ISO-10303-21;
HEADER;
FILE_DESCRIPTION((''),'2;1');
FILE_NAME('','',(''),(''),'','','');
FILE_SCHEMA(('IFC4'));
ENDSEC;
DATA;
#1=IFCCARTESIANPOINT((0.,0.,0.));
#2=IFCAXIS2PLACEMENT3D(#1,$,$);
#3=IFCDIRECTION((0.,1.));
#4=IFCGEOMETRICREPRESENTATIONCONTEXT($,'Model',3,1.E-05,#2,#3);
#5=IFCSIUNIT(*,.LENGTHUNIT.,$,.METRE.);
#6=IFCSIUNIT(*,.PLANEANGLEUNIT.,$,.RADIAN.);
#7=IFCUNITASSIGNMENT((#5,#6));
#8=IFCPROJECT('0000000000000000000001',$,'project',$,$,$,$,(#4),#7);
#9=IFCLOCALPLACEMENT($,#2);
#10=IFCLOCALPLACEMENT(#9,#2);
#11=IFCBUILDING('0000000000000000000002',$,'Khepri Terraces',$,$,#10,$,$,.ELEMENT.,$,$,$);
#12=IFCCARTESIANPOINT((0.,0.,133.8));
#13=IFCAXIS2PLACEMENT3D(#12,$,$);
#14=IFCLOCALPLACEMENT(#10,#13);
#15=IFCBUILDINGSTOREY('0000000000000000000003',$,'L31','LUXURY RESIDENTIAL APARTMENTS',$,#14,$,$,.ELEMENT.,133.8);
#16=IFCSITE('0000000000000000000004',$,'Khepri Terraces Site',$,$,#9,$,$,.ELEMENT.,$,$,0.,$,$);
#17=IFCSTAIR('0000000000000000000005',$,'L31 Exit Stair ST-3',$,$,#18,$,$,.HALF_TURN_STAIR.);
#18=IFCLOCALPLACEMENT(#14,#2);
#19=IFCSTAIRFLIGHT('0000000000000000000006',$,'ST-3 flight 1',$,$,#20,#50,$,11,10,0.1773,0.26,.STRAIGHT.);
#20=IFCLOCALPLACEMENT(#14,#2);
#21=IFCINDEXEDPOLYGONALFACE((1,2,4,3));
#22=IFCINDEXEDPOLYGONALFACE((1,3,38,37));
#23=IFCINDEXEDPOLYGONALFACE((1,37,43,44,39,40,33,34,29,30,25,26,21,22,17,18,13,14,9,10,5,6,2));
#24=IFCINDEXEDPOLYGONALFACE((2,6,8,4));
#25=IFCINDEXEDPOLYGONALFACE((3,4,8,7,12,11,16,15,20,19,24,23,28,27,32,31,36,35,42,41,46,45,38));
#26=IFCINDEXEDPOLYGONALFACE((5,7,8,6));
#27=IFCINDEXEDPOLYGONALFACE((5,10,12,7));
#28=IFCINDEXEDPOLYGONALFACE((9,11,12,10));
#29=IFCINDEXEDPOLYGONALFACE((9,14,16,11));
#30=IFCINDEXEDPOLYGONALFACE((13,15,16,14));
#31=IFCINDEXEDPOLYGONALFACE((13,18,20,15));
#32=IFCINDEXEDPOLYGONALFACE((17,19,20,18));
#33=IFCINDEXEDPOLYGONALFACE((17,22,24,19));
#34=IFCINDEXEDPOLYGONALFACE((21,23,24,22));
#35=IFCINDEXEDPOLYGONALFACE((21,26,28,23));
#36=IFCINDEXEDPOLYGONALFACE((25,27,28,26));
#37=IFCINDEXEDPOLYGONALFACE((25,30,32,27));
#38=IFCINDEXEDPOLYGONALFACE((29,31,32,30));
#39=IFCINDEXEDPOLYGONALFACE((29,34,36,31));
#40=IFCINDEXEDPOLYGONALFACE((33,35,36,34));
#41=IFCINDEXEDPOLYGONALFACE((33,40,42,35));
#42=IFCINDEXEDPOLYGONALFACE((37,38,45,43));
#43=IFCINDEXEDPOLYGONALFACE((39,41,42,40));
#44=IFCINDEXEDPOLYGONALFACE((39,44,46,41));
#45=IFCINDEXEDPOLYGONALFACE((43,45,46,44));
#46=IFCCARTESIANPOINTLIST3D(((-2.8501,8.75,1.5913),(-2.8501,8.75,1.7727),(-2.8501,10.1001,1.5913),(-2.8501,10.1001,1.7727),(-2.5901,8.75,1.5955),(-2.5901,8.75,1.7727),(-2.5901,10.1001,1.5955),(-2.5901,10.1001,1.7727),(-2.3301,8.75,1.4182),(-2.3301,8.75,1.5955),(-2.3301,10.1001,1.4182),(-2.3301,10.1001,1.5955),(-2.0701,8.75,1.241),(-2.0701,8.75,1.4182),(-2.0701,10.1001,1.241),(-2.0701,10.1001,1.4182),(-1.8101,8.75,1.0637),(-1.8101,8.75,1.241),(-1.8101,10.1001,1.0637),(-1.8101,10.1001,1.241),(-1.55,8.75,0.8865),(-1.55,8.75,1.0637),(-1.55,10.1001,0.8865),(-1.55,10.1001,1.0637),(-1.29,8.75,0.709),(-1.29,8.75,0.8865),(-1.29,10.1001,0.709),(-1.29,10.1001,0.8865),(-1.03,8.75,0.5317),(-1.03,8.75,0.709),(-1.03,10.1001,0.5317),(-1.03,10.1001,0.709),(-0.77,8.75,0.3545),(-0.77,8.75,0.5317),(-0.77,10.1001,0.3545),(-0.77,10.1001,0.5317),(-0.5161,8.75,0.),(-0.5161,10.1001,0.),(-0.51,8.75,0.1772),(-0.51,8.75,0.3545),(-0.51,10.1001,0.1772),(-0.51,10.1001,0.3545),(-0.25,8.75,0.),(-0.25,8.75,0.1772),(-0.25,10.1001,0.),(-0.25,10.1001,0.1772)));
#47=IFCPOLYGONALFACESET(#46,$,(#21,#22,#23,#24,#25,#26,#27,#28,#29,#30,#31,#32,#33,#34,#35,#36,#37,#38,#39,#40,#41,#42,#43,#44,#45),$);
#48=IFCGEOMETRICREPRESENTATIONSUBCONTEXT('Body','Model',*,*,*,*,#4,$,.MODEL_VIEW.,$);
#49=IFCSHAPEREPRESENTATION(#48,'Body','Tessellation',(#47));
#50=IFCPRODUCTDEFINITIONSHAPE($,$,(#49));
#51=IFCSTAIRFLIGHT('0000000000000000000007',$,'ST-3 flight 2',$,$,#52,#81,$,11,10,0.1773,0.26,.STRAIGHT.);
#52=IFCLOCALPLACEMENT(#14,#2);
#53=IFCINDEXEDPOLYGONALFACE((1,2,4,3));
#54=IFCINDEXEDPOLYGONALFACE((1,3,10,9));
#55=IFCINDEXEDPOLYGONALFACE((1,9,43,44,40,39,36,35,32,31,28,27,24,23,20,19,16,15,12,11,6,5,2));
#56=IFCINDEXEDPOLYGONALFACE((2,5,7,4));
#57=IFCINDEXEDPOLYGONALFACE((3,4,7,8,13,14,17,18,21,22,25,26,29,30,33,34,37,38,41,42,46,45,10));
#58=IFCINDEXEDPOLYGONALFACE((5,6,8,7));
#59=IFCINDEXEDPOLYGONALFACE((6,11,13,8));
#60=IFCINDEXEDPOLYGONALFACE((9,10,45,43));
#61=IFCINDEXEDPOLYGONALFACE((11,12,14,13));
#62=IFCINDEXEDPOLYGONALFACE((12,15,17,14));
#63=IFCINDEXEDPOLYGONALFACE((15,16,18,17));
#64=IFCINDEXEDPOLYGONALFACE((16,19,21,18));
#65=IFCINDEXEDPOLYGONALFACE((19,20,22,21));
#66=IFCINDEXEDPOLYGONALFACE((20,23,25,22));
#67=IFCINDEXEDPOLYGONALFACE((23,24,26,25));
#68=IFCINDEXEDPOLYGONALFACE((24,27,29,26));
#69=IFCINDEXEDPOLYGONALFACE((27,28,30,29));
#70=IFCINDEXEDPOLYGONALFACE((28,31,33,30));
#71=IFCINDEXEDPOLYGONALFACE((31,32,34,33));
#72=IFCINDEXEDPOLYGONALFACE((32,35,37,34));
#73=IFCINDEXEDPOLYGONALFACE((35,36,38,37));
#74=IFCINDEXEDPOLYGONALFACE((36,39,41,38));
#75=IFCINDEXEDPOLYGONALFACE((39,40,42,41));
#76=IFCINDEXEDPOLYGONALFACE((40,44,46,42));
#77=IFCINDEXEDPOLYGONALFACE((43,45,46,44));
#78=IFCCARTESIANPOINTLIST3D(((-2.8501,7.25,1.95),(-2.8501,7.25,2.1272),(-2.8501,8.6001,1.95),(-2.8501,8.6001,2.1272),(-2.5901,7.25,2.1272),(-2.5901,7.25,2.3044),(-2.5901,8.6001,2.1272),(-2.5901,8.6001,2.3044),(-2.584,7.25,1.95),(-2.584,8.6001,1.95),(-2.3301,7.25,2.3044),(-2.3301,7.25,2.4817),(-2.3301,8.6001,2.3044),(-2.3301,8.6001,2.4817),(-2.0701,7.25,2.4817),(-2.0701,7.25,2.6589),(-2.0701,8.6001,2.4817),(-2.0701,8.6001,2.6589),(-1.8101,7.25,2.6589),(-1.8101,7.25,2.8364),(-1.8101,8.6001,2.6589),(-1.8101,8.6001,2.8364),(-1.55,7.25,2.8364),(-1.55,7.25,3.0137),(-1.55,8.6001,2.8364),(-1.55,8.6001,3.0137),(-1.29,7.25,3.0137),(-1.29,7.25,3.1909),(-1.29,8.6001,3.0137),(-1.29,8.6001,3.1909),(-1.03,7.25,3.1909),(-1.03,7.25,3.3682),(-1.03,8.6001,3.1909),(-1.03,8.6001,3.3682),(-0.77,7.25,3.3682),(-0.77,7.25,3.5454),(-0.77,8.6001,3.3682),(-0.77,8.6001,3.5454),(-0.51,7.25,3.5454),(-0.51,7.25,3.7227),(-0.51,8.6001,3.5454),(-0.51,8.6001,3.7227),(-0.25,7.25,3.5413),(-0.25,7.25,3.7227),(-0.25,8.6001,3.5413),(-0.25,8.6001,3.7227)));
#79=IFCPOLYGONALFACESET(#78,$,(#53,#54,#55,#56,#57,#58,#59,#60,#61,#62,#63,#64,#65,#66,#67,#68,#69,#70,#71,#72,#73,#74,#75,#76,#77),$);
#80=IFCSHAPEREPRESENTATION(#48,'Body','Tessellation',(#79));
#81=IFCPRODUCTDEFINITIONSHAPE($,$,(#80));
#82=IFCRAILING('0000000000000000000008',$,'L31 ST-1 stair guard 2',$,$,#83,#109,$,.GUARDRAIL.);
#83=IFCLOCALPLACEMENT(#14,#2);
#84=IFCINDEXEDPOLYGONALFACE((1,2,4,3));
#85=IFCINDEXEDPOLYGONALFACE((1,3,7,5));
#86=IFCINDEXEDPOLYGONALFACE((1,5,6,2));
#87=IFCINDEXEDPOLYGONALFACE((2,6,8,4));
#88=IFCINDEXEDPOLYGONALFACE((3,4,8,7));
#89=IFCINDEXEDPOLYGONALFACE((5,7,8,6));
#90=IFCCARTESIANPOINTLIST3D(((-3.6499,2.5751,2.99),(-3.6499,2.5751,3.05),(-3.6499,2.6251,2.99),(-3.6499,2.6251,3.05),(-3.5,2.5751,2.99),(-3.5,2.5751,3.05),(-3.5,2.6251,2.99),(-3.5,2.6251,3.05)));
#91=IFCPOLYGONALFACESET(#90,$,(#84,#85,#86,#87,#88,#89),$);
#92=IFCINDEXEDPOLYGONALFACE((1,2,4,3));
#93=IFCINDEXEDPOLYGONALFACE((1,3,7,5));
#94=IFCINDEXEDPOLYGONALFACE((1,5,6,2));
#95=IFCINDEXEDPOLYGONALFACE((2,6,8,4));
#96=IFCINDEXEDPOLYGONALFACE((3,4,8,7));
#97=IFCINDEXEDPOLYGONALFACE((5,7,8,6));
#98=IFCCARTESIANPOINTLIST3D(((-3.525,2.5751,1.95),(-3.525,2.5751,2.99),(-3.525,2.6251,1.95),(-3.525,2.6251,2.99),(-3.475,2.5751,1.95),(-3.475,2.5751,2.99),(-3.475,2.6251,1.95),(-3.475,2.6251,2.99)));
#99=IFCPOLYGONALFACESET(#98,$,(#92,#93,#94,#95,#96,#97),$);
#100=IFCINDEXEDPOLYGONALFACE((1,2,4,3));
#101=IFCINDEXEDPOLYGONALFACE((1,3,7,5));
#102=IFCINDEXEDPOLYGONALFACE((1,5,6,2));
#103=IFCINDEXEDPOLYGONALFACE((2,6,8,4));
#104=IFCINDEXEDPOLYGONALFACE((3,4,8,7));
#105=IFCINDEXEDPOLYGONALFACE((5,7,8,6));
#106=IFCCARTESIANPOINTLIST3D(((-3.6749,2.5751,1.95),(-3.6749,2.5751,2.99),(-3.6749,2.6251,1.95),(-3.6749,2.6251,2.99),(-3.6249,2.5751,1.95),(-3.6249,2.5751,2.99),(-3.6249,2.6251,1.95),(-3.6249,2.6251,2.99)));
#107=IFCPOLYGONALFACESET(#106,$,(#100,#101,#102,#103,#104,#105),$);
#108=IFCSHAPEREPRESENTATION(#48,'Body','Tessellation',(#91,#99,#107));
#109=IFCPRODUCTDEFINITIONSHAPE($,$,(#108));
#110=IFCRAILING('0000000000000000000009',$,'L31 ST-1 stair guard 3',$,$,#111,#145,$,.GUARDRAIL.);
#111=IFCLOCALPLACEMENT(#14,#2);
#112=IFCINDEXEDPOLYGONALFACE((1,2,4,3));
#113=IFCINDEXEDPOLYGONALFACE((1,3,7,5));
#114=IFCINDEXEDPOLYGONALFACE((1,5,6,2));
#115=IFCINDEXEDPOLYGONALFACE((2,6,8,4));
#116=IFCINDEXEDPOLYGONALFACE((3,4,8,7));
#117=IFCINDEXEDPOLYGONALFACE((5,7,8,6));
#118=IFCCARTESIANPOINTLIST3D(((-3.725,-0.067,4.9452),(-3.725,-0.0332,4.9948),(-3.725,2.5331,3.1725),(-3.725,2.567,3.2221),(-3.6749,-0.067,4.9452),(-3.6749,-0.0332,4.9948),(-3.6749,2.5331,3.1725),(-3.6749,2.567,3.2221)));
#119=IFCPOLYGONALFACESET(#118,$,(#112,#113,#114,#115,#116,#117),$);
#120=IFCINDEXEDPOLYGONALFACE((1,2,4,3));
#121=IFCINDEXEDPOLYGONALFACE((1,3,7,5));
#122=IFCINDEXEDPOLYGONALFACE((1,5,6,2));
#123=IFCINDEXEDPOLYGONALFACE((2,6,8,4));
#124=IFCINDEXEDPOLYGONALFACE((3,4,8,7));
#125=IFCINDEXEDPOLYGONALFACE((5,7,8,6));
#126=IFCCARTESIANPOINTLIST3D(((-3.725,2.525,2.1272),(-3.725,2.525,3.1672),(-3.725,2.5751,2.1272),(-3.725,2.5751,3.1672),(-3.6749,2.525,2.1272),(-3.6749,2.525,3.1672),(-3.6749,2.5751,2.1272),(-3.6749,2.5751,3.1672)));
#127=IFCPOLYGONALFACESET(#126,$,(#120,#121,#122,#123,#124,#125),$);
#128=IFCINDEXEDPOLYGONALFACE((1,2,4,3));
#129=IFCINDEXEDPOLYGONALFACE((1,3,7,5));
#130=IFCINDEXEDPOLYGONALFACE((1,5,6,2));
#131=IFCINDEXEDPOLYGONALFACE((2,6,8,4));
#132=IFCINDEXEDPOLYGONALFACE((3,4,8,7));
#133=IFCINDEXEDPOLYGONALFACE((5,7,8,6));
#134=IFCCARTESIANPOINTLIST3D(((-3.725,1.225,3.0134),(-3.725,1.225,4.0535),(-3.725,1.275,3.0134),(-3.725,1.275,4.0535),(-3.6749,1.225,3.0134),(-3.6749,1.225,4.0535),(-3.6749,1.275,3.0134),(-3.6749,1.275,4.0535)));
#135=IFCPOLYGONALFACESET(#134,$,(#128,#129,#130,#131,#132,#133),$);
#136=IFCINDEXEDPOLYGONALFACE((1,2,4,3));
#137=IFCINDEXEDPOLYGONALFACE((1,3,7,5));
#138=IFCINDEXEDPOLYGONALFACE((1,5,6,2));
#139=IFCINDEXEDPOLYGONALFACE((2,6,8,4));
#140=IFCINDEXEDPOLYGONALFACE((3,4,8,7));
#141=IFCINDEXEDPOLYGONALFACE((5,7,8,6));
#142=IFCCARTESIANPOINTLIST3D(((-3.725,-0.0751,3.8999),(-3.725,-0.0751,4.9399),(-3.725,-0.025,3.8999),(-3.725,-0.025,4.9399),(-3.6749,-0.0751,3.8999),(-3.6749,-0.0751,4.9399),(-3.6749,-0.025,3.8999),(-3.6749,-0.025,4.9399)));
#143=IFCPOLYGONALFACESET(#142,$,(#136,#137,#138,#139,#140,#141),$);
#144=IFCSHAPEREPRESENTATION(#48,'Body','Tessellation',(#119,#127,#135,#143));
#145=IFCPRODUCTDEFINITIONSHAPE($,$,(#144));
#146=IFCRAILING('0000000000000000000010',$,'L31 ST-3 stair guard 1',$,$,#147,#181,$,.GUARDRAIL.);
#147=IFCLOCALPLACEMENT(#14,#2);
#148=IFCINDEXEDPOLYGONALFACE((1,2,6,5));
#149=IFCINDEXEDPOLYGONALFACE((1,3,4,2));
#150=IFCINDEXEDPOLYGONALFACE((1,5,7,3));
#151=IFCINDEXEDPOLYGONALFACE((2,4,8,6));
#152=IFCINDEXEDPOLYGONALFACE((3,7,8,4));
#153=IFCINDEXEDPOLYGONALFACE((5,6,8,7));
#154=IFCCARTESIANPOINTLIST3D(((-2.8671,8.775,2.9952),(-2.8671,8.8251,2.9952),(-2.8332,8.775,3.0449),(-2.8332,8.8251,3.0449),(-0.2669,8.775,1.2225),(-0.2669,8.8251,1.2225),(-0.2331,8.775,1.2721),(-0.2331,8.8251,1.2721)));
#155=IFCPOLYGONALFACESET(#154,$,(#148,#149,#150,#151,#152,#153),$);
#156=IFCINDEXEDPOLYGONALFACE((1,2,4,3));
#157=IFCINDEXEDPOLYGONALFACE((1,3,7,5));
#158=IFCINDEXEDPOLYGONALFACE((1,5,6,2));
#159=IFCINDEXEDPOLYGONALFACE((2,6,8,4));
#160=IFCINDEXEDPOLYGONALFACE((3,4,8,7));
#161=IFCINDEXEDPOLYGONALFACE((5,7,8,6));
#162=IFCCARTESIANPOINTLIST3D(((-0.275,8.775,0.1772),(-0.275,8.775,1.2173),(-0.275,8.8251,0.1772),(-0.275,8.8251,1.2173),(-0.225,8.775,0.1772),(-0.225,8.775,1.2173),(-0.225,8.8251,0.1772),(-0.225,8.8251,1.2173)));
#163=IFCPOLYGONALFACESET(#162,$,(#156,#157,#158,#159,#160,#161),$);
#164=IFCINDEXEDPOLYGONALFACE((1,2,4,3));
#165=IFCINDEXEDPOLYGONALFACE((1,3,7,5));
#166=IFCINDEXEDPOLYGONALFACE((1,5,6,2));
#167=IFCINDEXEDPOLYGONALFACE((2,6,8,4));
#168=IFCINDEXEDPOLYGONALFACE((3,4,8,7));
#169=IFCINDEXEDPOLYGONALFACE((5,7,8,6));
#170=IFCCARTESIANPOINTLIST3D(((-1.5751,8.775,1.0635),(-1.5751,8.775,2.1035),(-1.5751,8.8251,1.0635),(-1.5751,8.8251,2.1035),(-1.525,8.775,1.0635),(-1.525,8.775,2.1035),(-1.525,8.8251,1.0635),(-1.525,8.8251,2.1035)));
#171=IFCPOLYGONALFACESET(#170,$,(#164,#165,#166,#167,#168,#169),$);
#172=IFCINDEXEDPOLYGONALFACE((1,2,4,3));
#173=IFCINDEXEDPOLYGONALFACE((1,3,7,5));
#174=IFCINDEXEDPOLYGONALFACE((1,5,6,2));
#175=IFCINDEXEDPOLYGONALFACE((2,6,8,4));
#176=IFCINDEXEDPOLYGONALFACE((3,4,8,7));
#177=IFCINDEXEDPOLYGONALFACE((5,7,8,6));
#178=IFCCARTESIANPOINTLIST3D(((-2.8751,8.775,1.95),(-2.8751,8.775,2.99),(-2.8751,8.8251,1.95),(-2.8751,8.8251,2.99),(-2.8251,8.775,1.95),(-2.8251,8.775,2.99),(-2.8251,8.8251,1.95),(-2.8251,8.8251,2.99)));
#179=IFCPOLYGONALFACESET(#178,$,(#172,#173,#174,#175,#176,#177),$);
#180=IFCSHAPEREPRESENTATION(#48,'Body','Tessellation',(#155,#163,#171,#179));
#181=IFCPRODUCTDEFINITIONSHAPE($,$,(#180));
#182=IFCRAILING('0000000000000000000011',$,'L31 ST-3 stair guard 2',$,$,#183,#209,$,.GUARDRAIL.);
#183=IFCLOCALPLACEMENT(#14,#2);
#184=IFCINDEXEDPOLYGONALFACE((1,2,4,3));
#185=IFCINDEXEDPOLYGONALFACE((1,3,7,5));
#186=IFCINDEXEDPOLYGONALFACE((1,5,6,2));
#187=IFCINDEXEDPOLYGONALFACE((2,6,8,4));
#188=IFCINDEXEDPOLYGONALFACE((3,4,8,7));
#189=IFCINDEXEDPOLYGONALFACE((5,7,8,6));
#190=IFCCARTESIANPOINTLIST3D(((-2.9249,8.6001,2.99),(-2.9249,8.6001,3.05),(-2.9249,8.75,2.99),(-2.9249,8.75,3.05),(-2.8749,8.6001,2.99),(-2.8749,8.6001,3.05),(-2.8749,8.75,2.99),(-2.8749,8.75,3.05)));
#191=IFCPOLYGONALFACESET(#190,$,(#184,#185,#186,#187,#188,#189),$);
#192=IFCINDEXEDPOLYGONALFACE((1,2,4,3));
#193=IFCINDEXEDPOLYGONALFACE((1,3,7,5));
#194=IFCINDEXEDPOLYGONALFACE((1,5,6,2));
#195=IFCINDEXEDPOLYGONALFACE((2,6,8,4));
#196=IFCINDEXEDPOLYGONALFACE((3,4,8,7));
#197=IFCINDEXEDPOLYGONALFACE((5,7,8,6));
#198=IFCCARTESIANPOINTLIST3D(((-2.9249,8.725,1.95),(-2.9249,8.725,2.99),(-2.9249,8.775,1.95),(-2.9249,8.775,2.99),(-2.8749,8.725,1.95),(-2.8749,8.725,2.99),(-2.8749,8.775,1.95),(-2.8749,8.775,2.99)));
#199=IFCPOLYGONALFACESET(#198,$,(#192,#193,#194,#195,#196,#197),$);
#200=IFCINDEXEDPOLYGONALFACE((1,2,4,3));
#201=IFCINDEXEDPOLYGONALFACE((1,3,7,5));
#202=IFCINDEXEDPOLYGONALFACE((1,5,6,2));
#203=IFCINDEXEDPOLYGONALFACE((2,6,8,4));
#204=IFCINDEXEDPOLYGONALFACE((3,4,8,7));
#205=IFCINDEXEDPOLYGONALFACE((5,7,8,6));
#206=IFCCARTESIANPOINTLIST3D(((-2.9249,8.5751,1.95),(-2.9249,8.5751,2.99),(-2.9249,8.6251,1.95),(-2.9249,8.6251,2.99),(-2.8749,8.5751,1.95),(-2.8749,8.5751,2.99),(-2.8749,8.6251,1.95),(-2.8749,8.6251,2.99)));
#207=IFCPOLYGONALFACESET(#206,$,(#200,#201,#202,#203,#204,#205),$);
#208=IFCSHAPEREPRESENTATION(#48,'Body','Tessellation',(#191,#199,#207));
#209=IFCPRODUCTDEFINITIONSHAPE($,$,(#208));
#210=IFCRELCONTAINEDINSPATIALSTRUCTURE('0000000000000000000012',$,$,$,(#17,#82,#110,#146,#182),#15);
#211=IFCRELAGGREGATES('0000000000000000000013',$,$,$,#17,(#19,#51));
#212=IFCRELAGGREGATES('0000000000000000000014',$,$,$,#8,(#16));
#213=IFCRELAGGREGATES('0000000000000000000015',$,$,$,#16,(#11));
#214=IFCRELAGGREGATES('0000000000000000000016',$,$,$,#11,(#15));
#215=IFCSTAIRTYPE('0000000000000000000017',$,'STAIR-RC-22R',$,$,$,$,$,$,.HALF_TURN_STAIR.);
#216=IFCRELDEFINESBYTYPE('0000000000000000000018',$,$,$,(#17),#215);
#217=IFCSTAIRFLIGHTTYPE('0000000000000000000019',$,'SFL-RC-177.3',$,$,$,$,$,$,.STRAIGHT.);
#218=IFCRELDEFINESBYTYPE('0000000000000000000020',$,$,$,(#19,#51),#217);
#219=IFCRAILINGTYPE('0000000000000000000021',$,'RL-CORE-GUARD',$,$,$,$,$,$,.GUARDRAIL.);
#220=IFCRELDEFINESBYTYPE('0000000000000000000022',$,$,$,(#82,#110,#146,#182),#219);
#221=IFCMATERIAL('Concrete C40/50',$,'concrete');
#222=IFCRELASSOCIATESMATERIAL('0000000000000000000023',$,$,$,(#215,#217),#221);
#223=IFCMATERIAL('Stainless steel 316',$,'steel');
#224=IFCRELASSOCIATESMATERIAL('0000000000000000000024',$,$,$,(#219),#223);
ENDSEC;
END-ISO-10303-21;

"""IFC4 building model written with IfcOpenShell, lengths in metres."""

from ifc_helpers import new_model, si_unit, direction, frame, origin, origin_2d, place, context, subcontext, project, spatial, polyline, rectangle, outline, extrude, material, type_object, element, aggregate, save


model = new_model("IFC4")

# Units and contexts
model_context = context("Model", 3, precision=1e-05, world=origin(), true_north=direction((0.0, 1.0)))
body_context = subcontext(model_context, "Body", "Model", "MODEL_VIEW")
ifc_project = project(units=[si_unit("LENGTHUNIT", "METRE"), si_unit("PLANEANGLEUNIT", "RADIAN")], contexts=[model_context])

# Site, building, storey
site_placement = place(None, origin())
site = spatial("IfcSite", under=ifc_project, at=site_placement, Name="Khepri Terraces Site", CompositionType="ELEMENT", RefElevation=0.0)
building_placement = place(site_placement, origin())
building = spatial("IfcBuilding", under=site, at=building_placement, Name="Khepri Terraces", CompositionType="ELEMENT")
storey_placement = place(building_placement, frame((0.0, 0.0, 133.8)))
storey = spatial("IfcBuildingStorey", under=building, at=storey_placement, Name="L31", Description="LUXURY RESIDENTIAL APARTMENTS", CompositionType="ELEMENT", Elevation=133.8)

# Stair, stair flights
ifc_material_1 = material(Name="Concrete C40/50", Category="concrete")
stair_type = type_object("IfcStairType", Name="STAIR-RC-22R", PredefinedType="HALF_TURN_STAIR", material=ifc_material_1)
stair_flight_type = type_object("IfcStairFlightType", Name="SFL-RC-177.3", PredefinedType="STRAIGHT", material=ifc_material_1)
stair_1_placement = place(storey_placement, origin())
stair_1 = element("IfcStair", 1, at=stair_1_placement, inside=storey, type_object=stair_type, Name="L31 Exit Stair ST-3", PredefinedType="HALF_TURN_STAIR")
stair_flight_1_placement = place(storey_placement, frame((-0.25, 9.425, 0.0), z_axis=(0.0, 0.0, 1.0), x_axis=(-1.0, 0.0, 0.0)))
stair_flight_1 = element("IfcStairFlight", 2, at=stair_flight_1_placement, type_object=stair_flight_type, Name="ST-3 flight 1", NumberOfRisers=11, NumberOfTreads=10, PredefinedType="STRAIGHT", RiserHeight=0.1773, TreadLength=0.26, context=body_context, shape_type="SweptSolid", body=[
    extrude(outline(polyline([(0.0, 0.0), (0.0, 0.1772), (0.26, 0.1772), (0.26, 0.3545), (0.52, 0.3545), (0.52, 0.5317), (0.78, 0.5317), (0.78, 0.709), (1.04, 0.709), (1.04, 0.8865), (1.3, 0.8865), (1.3, 1.0637), (1.5601, 1.0637), (1.5601, 1.241), (1.8201, 1.241), (1.8201, 1.4182), (2.0801, 1.4182), (2.0801, 1.5955), (2.3401, 1.5955), (2.3401, 1.7727), (2.6001, 1.7727), (2.6001, 1.95), (2.6001, 1.5913), (0.2661, 0.0), (0.0, 0.0)])), frame((0.0, 0.675, 0.0), z_axis=(0.0, -1.0, 0.0), x_axis=(1.0, 0.0, 0.0)), (0.0, 0.0, 1.0), 1.3501),
])
stair_flight_2_placement = place(storey_placement, frame((-2.8501, 7.925, 1.95), z_axis=(0.0, 0.0, 1.0), x_axis=(1.0, 0.0, 0.0)))
stair_flight_2 = element("IfcStairFlight", 3, at=stair_flight_2_placement, type_object=stair_flight_type, Name="ST-3 flight 2", NumberOfRisers=11, NumberOfTreads=10, PredefinedType="STRAIGHT", RiserHeight=0.1773, TreadLength=0.26, context=body_context, shape_type="SweptSolid", body=[
    extrude(outline(polyline([(0.0, 0.0), (0.0, 0.1772), (0.26, 0.1772), (0.26, 0.3545), (0.52, 0.3545), (0.52, 0.5317), (0.78, 0.5317), (0.78, 0.709), (1.04, 0.709), (1.04, 0.8865), (1.3, 0.8865), (1.3, 1.0637), (1.5601, 1.0637), (1.5601, 1.241), (1.8201, 1.241), (1.8201, 1.4182), (2.0801, 1.4182), (2.0801, 1.5955), (2.3401, 1.5955), (2.3401, 1.7727), (2.6001, 1.7727), (2.6001, 1.95), (2.6001, 1.5913), (0.2661, 0.0), (0.0, 0.0)])), frame((0.0, 0.675, 0.0), z_axis=(0.0, -1.0, 0.0), x_axis=(1.0, 0.0, 0.0)), (0.0, 0.0, 1.0), 1.3501),
])
aggregate(stair_1, [stair_flight_1, stair_flight_2])

# Railings
ifc_material_2 = material(Name="Stainless steel 316", Category="steel")
railing_type_1 = type_object("IfcRailingType", Name="RL-CORE-GUARD", PredefinedType="GUARDRAIL", material=ifc_material_2)
railing_1_placement = place(storey_placement, frame((-3.5, 2.6001, 1.95)))
element("IfcRailing", 4, at=railing_1_placement, inside=storey, type_object=railing_type_1, Name="L31 ST-1 stair guard 2", PredefinedType="GUARDRAIL", context=body_context, shape_type="SweptSolid", body=[
    extrude(rectangle(XDim=0.05, YDim=0.0601, at=origin_2d()), frame((0.0, 0.0, 1.0701), z_axis=(-1.0, 0.0, 0.0), x_axis=(0.0, -1.0, 0.0)), (0.0, 0.0, 1.0), 0.1499),
    extrude(rectangle(XDim=0.05, YDim=0.05, at=origin_2d()), origin(), (0.0, 0.0, 1.0), 1.04),
    extrude(rectangle(XDim=0.05, YDim=0.05, at=origin_2d()), frame((-0.1499, 0.0, 0.0)), (0.0, 0.0, 1.0), 1.04),
])
railing_2_placement = place(storey_placement, frame((-3.7, 2.55, 2.1272)))
element("IfcRailing", 5, at=railing_2_placement, inside=storey, type_object=railing_type_1, Name="L31 ST-1 stair guard 3", PredefinedType="GUARDRAIL", context=body_context, shape_type="SweptSolid", body=[
    extrude(rectangle(XDim=0.05, YDim=0.0601, at=origin_2d()), frame((0.0, 0.0, 1.0701), z_axis=(0.0, -0.82624, 0.563318), x_axis=(1.0, 0.0, 0.0)), (0.0, 0.0, 1.0), 3.147),
    extrude(rectangle(XDim=0.05, YDim=0.05, at=origin_2d()), origin(), (0.0, 0.0, 1.0), 1.04),
    extrude(rectangle(XDim=0.05, YDim=0.05, at=origin_2d()), frame((0.0, -1.3, 0.8862)), (0.0, 0.0, 1.0), 1.04),
    extrude(rectangle(XDim=0.05, YDim=0.05, at=origin_2d()), frame((0.0, -2.6001, 1.7727)), (0.0, 0.0, 1.0), 1.04),
])
railing_3_placement = place(storey_placement, frame((-0.25, 8.8, 0.1772)))
element("IfcRailing", 6, at=railing_3_placement, inside=storey, type_object=railing_type_1, Name="L31 ST-3 stair guard 1", PredefinedType="GUARDRAIL", context=body_context, shape_type="SweptSolid", body=[
    extrude(rectangle(XDim=0.05, YDim=0.0601, at=origin_2d()), frame((0.0, 0.0, 1.0701), z_axis=(-0.82624, 0.0, 0.563318), x_axis=(0.0, -1.0, 0.0)), (0.0, 0.0, 1.0), 3.147),
    extrude(rectangle(XDim=0.05, YDim=0.05, at=origin_2d()), origin(), (0.0, 0.0, 1.0), 1.04),
    extrude(rectangle(XDim=0.05, YDim=0.05, at=origin_2d()), frame((-1.3, 0.0, 0.8862)), (0.0, 0.0, 1.0), 1.04),
    extrude(rectangle(XDim=0.05, YDim=0.05, at=origin_2d()), frame((-2.6001, 0.0, 1.7727)), (0.0, 0.0, 1.0), 1.04),
])
railing_4_placement = place(storey_placement, frame((-2.8999, 8.75, 1.95)))
element("IfcRailing", 7, at=railing_4_placement, inside=storey, type_object=railing_type_1, Name="L31 ST-3 stair guard 2", PredefinedType="GUARDRAIL", context=body_context, shape_type="SweptSolid", body=[
    extrude(rectangle(XDim=0.05, YDim=0.0601, at=origin_2d()), frame((0.0, 0.0, 1.0701), z_axis=(0.0, -1.0, 0.0), x_axis=(1.0, 0.0, 0.0)), (0.0, 0.0, 1.0), 0.1499),
    extrude(rectangle(XDim=0.05, YDim=0.05, at=origin_2d()), origin(), (0.0, 0.0, 1.0), 1.04),
    extrude(rectangle(XDim=0.05, YDim=0.05, at=origin_2d()), frame((0.0, -0.1499, 0.0)), (0.0, 0.0, 1.0), 1.04),
])

save(model, "model.ifc")
